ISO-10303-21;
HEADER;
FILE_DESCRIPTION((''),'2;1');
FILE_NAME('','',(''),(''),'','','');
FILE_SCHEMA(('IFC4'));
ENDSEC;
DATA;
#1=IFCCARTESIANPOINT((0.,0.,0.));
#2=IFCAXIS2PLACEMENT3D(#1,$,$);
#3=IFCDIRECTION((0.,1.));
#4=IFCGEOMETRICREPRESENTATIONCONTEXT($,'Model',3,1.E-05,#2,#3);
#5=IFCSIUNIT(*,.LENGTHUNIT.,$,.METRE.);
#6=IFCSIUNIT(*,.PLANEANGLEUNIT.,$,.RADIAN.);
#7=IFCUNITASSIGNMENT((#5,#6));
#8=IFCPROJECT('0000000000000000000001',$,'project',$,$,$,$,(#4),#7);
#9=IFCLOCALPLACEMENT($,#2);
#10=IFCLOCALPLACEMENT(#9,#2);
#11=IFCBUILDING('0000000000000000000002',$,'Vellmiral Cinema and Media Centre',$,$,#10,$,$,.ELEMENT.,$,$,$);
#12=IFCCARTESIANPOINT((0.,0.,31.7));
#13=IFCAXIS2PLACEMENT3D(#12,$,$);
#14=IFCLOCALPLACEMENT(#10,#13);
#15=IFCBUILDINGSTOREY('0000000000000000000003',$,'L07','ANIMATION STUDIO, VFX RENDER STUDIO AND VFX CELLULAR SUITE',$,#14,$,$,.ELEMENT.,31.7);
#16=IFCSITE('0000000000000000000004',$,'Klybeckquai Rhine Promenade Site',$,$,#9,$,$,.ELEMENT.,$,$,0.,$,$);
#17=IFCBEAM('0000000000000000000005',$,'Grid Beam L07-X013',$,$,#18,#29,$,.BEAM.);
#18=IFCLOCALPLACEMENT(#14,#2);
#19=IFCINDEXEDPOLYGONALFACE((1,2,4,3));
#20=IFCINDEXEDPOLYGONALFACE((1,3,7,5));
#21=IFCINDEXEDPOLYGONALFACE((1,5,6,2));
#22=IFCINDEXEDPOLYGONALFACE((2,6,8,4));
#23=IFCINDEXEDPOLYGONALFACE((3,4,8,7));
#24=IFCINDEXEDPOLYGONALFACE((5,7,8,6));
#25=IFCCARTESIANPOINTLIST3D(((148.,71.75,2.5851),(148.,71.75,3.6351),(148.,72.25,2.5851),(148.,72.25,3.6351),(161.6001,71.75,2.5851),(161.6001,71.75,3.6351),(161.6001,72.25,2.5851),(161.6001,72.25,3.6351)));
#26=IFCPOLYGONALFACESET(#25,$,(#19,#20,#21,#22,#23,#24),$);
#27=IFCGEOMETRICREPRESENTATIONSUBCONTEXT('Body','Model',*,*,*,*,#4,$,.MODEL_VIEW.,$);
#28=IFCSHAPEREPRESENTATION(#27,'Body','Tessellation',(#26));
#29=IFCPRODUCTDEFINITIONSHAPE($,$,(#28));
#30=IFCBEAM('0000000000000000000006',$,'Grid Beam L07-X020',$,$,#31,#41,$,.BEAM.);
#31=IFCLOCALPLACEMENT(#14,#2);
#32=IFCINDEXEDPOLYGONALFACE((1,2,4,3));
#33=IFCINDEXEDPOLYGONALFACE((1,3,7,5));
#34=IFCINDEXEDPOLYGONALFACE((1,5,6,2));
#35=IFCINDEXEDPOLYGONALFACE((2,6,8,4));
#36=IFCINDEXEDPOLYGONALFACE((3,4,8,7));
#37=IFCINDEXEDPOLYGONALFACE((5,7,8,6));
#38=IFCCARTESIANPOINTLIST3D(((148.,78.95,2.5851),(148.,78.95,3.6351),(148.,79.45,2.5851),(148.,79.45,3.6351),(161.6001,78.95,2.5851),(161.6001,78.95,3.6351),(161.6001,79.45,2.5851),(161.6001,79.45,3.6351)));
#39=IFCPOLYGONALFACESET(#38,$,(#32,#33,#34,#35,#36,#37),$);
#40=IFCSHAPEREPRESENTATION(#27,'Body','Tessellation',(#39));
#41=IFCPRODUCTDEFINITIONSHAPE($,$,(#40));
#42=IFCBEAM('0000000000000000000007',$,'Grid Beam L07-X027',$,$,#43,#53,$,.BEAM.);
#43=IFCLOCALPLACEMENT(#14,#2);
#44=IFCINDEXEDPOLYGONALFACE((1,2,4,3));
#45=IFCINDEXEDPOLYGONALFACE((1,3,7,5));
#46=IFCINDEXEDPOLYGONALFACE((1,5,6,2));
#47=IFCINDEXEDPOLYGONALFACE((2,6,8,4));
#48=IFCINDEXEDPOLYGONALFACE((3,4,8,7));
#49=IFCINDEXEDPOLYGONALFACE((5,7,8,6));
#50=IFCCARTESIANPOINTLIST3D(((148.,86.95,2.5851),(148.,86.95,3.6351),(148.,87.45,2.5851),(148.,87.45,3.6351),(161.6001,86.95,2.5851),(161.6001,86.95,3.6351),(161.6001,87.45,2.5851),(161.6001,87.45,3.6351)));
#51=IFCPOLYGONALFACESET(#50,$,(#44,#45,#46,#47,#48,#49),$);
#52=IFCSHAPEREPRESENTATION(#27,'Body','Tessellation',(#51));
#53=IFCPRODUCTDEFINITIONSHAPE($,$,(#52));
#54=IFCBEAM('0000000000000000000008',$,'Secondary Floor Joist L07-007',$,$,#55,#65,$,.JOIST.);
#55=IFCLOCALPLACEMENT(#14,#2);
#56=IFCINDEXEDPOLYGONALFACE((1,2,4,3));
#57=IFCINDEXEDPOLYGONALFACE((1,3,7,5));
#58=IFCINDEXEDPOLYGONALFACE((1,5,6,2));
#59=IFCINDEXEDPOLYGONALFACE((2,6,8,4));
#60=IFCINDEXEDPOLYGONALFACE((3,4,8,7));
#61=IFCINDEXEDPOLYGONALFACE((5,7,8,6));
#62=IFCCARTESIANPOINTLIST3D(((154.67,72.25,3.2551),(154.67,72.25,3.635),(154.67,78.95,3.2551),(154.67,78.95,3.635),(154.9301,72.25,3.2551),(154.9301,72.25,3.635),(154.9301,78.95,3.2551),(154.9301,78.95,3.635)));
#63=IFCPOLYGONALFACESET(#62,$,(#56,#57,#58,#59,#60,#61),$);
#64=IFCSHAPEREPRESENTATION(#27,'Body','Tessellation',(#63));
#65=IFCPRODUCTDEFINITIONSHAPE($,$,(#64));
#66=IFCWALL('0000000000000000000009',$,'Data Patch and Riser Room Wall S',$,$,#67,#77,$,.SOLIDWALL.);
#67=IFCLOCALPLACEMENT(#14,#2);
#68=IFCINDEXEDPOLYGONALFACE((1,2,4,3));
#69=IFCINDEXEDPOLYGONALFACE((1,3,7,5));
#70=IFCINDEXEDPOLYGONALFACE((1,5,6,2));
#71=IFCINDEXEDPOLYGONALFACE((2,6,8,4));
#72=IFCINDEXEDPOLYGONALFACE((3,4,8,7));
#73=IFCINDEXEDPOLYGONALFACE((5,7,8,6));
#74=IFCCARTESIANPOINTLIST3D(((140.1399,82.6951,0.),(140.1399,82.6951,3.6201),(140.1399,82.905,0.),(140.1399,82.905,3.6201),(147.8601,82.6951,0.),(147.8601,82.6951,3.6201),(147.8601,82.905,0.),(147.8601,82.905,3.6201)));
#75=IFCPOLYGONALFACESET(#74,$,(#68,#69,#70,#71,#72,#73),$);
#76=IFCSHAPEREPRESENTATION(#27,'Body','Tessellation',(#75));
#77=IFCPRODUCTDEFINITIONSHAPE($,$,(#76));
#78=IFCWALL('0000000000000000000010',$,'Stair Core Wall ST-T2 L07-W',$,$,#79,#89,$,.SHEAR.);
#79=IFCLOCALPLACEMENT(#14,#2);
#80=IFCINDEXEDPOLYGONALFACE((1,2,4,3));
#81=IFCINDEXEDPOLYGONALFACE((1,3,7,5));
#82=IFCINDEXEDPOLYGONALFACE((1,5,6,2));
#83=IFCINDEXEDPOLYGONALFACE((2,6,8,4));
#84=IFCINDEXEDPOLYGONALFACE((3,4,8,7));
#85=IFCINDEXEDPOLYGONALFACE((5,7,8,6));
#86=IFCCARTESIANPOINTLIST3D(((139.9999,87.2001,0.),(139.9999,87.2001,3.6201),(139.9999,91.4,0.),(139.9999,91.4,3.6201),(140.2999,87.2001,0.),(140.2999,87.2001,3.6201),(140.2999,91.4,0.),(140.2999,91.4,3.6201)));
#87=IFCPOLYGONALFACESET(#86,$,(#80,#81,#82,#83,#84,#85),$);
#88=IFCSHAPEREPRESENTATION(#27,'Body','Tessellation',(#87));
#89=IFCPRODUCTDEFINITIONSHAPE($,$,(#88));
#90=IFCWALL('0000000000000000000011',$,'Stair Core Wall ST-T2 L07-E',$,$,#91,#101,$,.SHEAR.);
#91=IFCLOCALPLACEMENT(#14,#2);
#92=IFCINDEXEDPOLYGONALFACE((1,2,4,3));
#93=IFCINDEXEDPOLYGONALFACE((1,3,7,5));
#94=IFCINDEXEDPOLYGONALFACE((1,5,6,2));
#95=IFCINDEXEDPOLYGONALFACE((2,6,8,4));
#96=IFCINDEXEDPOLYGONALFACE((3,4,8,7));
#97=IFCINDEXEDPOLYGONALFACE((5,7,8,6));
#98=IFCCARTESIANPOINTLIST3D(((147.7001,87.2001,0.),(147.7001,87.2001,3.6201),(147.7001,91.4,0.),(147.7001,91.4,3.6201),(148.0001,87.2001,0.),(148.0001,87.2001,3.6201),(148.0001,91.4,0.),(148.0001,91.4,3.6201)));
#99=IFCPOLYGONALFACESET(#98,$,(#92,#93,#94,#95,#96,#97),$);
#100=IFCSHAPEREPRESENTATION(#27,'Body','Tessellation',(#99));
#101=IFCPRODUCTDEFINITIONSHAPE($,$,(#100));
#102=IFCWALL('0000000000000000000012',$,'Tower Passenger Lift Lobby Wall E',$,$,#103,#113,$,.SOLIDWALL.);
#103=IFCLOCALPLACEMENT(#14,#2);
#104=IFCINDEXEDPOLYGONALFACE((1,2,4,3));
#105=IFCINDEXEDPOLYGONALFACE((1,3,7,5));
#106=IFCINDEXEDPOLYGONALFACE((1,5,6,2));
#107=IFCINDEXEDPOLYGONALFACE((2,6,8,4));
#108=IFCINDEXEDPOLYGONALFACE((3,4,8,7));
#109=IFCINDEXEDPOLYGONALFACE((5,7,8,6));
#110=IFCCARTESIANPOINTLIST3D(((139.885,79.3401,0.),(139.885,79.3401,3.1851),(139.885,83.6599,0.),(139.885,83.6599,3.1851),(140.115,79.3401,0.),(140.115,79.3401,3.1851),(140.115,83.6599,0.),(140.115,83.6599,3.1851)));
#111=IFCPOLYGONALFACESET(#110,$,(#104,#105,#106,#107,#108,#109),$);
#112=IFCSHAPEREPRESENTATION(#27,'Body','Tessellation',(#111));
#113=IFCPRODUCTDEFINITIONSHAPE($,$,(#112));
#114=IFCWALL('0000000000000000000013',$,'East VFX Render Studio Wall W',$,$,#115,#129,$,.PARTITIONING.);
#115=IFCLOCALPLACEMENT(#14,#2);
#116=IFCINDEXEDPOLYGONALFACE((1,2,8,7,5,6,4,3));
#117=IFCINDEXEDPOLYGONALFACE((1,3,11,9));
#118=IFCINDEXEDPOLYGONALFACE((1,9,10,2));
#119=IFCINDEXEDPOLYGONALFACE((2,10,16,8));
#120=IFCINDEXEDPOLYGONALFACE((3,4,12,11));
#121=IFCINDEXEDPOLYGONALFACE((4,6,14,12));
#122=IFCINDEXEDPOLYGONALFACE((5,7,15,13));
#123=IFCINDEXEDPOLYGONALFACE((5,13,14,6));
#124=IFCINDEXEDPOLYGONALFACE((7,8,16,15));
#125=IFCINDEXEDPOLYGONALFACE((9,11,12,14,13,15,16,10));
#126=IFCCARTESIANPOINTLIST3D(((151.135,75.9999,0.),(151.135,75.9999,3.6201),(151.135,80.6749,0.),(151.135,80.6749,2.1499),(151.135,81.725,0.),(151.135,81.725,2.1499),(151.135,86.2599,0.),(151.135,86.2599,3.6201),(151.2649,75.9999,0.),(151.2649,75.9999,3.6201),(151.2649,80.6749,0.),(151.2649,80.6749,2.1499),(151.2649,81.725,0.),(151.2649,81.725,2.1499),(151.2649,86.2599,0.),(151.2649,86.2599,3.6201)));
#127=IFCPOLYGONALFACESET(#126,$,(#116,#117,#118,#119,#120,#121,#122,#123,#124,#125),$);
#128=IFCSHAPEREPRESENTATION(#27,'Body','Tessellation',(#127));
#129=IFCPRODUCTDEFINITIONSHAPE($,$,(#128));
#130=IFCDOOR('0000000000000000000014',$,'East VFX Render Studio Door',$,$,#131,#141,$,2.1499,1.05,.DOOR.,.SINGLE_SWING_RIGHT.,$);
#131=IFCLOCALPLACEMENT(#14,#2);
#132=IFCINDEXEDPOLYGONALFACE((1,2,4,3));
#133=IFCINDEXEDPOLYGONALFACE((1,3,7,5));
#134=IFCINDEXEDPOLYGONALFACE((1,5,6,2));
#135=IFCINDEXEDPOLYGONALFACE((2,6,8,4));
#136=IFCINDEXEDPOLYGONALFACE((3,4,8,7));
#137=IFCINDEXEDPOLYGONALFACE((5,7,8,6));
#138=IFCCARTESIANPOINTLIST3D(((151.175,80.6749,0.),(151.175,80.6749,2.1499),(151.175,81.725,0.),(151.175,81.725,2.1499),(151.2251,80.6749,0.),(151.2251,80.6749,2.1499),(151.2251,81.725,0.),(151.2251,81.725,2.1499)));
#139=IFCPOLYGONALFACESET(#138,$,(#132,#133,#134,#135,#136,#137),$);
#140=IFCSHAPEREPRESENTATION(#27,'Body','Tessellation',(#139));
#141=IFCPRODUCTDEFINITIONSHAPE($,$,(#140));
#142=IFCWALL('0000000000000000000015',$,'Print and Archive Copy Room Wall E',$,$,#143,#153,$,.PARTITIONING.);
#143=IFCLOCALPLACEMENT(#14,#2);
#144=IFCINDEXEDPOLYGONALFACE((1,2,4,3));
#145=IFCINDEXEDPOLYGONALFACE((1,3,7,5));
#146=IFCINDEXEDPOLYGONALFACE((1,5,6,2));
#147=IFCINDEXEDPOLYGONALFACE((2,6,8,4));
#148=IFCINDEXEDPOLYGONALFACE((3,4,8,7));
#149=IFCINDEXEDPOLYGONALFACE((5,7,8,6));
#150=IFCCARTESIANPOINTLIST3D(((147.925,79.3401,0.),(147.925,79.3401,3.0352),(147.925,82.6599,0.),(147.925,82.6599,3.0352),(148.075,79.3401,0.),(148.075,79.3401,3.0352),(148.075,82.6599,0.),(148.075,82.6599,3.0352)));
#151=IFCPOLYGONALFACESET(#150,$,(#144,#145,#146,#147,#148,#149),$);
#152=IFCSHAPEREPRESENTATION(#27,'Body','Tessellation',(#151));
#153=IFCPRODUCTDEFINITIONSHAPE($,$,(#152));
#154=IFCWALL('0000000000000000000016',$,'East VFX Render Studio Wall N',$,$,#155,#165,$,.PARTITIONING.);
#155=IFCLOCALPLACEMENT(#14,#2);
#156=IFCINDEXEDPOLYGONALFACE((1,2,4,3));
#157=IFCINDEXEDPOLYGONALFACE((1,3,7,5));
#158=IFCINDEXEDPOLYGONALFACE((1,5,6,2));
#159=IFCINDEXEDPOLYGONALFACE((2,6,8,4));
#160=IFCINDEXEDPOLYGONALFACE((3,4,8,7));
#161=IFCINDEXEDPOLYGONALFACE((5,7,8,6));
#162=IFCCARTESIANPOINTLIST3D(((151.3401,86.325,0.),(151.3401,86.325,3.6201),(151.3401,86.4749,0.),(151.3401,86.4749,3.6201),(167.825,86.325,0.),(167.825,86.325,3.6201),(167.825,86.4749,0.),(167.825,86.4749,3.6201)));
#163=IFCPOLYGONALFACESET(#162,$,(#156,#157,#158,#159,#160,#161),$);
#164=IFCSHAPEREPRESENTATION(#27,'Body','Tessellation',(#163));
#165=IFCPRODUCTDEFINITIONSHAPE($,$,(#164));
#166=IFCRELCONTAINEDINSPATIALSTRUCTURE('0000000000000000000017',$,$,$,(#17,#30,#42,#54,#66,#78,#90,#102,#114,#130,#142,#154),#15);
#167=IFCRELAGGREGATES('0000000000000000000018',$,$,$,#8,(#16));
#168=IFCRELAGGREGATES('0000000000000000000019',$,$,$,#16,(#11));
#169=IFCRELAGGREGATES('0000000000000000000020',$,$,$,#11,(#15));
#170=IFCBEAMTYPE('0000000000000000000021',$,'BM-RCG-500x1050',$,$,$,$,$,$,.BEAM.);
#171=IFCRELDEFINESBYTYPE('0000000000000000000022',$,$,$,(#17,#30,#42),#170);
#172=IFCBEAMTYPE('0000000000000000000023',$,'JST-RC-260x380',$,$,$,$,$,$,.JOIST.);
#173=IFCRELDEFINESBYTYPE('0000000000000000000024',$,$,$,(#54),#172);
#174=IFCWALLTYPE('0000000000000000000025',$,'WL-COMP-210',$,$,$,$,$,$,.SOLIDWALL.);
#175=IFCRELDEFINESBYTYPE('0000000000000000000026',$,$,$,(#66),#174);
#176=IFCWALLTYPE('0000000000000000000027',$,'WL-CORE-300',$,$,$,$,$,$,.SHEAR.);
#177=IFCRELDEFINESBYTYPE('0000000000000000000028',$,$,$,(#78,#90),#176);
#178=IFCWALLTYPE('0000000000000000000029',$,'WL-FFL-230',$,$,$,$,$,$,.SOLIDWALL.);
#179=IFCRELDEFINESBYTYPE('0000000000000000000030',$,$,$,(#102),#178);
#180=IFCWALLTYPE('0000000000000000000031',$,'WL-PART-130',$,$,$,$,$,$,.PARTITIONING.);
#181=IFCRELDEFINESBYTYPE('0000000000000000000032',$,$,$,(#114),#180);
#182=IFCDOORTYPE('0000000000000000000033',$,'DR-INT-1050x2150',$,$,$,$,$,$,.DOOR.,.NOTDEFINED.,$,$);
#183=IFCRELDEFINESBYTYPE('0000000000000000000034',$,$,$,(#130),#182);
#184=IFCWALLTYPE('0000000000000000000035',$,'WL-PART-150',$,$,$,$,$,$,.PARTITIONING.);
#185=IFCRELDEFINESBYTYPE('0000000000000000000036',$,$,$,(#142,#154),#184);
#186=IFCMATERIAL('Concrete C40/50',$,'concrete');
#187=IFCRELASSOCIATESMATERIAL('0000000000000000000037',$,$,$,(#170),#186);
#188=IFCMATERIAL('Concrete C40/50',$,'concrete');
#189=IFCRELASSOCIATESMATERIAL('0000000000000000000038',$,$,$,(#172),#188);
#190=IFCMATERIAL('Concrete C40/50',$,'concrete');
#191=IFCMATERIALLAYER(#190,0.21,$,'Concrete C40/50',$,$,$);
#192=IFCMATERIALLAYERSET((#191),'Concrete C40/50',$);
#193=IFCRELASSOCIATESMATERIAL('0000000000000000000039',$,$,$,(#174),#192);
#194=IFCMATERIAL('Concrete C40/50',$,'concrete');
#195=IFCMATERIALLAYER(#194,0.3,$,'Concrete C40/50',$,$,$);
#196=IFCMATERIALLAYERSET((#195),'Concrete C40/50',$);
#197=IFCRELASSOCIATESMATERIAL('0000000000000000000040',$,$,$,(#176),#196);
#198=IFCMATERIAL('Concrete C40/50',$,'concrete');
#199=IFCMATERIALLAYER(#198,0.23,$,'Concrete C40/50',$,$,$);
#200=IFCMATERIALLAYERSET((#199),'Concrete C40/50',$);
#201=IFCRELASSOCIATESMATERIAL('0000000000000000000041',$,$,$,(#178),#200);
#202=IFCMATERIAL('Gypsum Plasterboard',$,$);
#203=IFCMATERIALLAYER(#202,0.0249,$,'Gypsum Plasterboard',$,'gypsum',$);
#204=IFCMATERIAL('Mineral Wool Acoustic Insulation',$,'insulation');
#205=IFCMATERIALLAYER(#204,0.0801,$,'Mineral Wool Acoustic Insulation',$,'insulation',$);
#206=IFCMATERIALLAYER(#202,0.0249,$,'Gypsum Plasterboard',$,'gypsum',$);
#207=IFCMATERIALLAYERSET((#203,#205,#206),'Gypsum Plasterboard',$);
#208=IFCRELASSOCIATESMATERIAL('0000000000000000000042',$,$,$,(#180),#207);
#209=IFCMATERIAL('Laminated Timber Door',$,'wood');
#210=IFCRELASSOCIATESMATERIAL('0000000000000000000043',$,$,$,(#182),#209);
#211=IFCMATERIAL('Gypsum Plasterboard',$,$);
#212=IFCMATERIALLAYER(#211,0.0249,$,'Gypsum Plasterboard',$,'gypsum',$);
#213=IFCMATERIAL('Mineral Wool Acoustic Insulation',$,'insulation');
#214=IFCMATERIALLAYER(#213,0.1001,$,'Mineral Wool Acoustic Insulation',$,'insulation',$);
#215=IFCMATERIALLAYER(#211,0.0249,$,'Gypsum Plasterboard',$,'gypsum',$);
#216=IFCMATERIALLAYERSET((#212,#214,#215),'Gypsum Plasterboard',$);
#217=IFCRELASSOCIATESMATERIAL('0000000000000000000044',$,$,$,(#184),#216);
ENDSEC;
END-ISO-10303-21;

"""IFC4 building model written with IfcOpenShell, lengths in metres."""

from ifc_helpers import new_model, si_unit, direction, frame, frame_2d, origin, origin_2d, place, context, subcontext, project, spatial, rectangle, extrude, material, layer, layer_set, material_profile, profile_set, type_object, element, fill, save


model = new_model("IFC4")

# Units and contexts
model_context = context("Model", 3, precision=1e-05, world=origin(), true_north=direction((0.0, 1.0)))
body_context = subcontext(model_context, "Body", "Model", "MODEL_VIEW")
ifc_project = project(units=[si_unit("LENGTHUNIT", "METRE"), si_unit("PLANEANGLEUNIT", "RADIAN")], contexts=[model_context])

# Site, building, storey
site_placement = place(None, origin())
site = spatial("IfcSite", under=ifc_project, at=site_placement, Name="Klybeckquai Rhine Promenade Site", CompositionType="ELEMENT", RefElevation=0.0)
building_placement = place(site_placement, origin())
building = spatial("IfcBuilding", under=site, at=building_placement, Name="Vellmiral Cinema and Media Centre", CompositionType="ELEMENT")
storey_placement = place(building_placement, frame((0.0, 0.0, 31.7)))
storey = spatial("IfcBuildingStorey", under=building, at=storey_placement, Name="L07", Description="ANIMATION STUDIO, VFX RENDER STUDIO AND VFX CELLULAR SUITE", CompositionType="ELEMENT", Elevation=31.7)

# Beams
ifc_material_1 = material(Name="Concrete C40/50", Category="concrete")
ifc_material_profile_1 = material_profile(ifc_material_1, rectangle(XDim=0.5, YDim=1.05, at=origin_2d()), Name="RC 500x1050")
ifc_profile_set_1 = profile_set([ifc_material_profile_1], Name="Concrete C40/50")
beam_type_1 = type_object("IfcBeamType", Name="BM-RCG-500x1050", PredefinedType="BEAM", material=ifc_profile_set_1)
for number, where, z_axis, x_axis, name in (
    (1, (148.0, 72.0, 3.1101), (1.0, 0.0, 0.0), (0.0, 1.0, 0.0), "Grid Beam L07-X013"),
    (2, (148.0, 79.2, 3.1101), (1.0, 0.0, 0.0), (0.0, 1.0, 0.0), "Grid Beam L07-X020"),
    (3, (148.0, 87.2, 3.1101), (1.0, 0.0, 0.0), (0.0, 1.0, 0.0), "Grid Beam L07-X027"),
):
    element("IfcBeam", number, at=place(storey_placement, frame(where, z_axis=z_axis, x_axis=x_axis)), inside=storey, type_object=beam_type_1, Name=name, PredefinedType="BEAM", context=body_context, shape_type="SweptSolid", body=[
        extrude(rectangle(XDim=0.5, YDim=1.05, at=origin_2d()), origin(), (0.0, 0.0, 1.0), 13.6001),
    ])
ifc_material_2 = material(Name="Concrete C40/50", Category="concrete")
ifc_material_profile_2 = material_profile(ifc_material_2, rectangle(XDim=0.26, YDim=0.3799, at=origin_2d()), Name="RC 260x380")
ifc_profile_set_2 = profile_set([ifc_material_profile_2], Name="Concrete C40/50")
beam_type_2 = type_object("IfcBeamType", Name="JST-RC-260x380", PredefinedType="JOIST", material=ifc_profile_set_2)
beam_1_placement = place(storey_placement, frame((154.8, 72.25, 3.4451), z_axis=(0.0, 1.0, 0.0), x_axis=(-1.0, 0.0, 0.0)))
element("IfcBeam", 4, at=beam_1_placement, inside=storey, type_object=beam_type_2, Name="Secondary Floor Joist L07-007", PredefinedType="JOIST", context=body_context, shape_type="SweptSolid", body=[
    extrude(rectangle(XDim=0.26, YDim=0.3799, at=origin_2d()), origin(), (0.0, 0.0, 1.0), 6.7),
])

# Wall
ifc_material_3 = material(Name="Concrete C40/50", Category="concrete")
ifc_layer_1 = layer(ifc_material_3, 0.21, Name="Concrete C40/50")
ifc_layer_set_1 = layer_set([ifc_layer_1], Name="Concrete C40/50")
wall_type_1 = type_object("IfcWallType", Name="WL-COMP-210", PredefinedType="SOLIDWALL", material=ifc_layer_set_1)
wall_1_placement = place(storey_placement, frame((140.1399, 82.8, 0.0), z_axis=(0.0, 0.0, 1.0), x_axis=(1.0, 0.0, 0.0)))
element("IfcWall", 5, at=wall_1_placement, inside=storey, type_object=wall_type_1, Name="Data Patch and Riser Room Wall S", PredefinedType="SOLIDWALL", context=body_context, shape_type="SweptSolid", body=[
    extrude(rectangle(XDim=7.7202, YDim=0.21, at=frame_2d((3.8601, 0.0))), origin(), (0.0, 0.0, 1.0), 3.6201),
])

# Walls
ifc_material_4 = material(Name="Concrete C40/50", Category="concrete")
ifc_layer_2 = layer(ifc_material_4, 0.3, Name="Concrete C40/50")
ifc_layer_set_2 = layer_set([ifc_layer_2], Name="Concrete C40/50")
wall_type_2 = type_object("IfcWallType", Name="WL-CORE-300", PredefinedType="SHEAR", material=ifc_layer_set_2)
for number, where, z_axis, x_axis, name in (
    (6, (140.1499, 87.2, 0.0), (0.0, 0.0, 1.0), (0.0, 1.0, 0.0), "Stair Core Wall ST-T2 L07-W"),
    (7, (147.8501, 87.2, 0.0), (0.0, 0.0, 1.0), (0.0, 1.0, 0.0), "Stair Core Wall ST-T2 L07-E"),
):
    element("IfcWall", number, at=place(storey_placement, frame(where, z_axis=z_axis, x_axis=x_axis)), inside=storey, type_object=wall_type_2, Name=name, PredefinedType="SHEAR", context=body_context, shape_type="SweptSolid", body=[
        extrude(rectangle(XDim=4.2, YDim=0.3, at=frame_2d((2.1001, 0.0))), origin(), (0.0, 0.0, 1.0), 3.6201),
    ])
ifc_material_5 = material(Name="Concrete C40/50", Category="concrete")
ifc_layer_3 = layer(ifc_material_5, 0.23, Name="Concrete C40/50")
ifc_layer_set_3 = layer_set([ifc_layer_3], Name="Concrete C40/50")
wall_type_3 = type_object("IfcWallType", Name="WL-FFL-230", PredefinedType="SOLIDWALL", material=ifc_layer_set_3)
wall_2_placement = place(storey_placement, frame((140.0, 79.3401, 0.0), z_axis=(0.0, 0.0, 1.0), x_axis=(0.0, 1.0, 0.0)))
element("IfcWall", 8, at=wall_2_placement, inside=storey, type_object=wall_type_3, Name="Tower Passenger Lift Lobby Wall E", PredefinedType="SOLIDWALL", context=body_context, shape_type="SweptSolid", body=[
    extrude(rectangle(XDim=4.3198, YDim=0.23, at=frame_2d((2.1599, 0.0))), origin(), (0.0, 0.0, 1.0), 3.1851),
])

# Wall, opening, door
ifc_material_6 = material(Name="Gypsum Plasterboard")
ifc_layer_4 = layer(ifc_material_6, 0.0249, Name="Gypsum Plasterboard", Category="gypsum")
ifc_material_7 = material(Name="Mineral Wool Acoustic Insulation", Category="insulation")
ifc_layer_5 = layer(ifc_material_7, 0.0801, Name="Mineral Wool Acoustic Insulation", Category="insulation")
ifc_layer_6 = layer(ifc_material_6, 0.0249, Name="Gypsum Plasterboard", Category="gypsum")
ifc_layer_set_4 = layer_set([ifc_layer_4, ifc_layer_5, ifc_layer_6], Name="Gypsum Plasterboard")
wall_type_4 = type_object("IfcWallType", Name="WL-PART-130", PredefinedType="PARTITIONING", material=ifc_layer_set_4)
wall_3_placement = place(storey_placement, frame((151.2, 76.0, 0.0), z_axis=(0.0, 0.0, 1.0), x_axis=(0.0, 1.0, 0.0)))
wall_3 = element("IfcWall", 9, at=wall_3_placement, inside=storey, type_object=wall_type_4, Name="East VFX Render Studio Wall W", PredefinedType="PARTITIONING", context=body_context, shape_type="SweptSolid", body=[
    extrude(rectangle(XDim=10.26, YDim=0.1299, at=frame_2d((5.1299, 0.0))), origin(), (0.0, 0.0, 1.0), 3.6201),
])
opening_1_placement = place(wall_3_placement, frame((4.675, 0.0, 0.0)))
opening_1 = element("IfcOpeningElement", 10, at=opening_1_placement, cuts=wall_3, PredefinedType="OPENING", context=body_context, shape_type="SweptSolid", body=[
    extrude(rectangle(XDim=1.05, YDim=2.1499, at=frame_2d((0.5249, 1.075))), frame((0.0, 0.0769, 0.0), z_axis=(0.0, -1.0, 0.0), x_axis=(1.0, 0.0, 0.0)), (0.0, 0.0, 1.0), 0.1538),
])
ifc_material_8 = material(Name="Laminated Timber Door", Category="wood")
door_type_1 = type_object("IfcDoorType", Name="DR-INT-1050x2150", OperationType="NOTDEFINED", PredefinedType="DOOR", material=ifc_material_8)
door_1_placement = place(opening_1_placement, origin())
door_1 = element("IfcDoor", 11, at=door_1_placement, inside=storey, type_object=door_type_1, Name="East VFX Render Studio Door", OperationType="SINGLE_SWING_RIGHT", OverallHeight=2.1499, OverallWidth=1.05, PredefinedType="DOOR", context=body_context, shape_type="SweptSolid", body=[
    extrude(rectangle(XDim=1.05, YDim=2.1499, at=frame_2d((0.5249, 1.075))), frame((0.0, 0.0249, 0.0), z_axis=(0.0, -1.0, 0.0), x_axis=(1.0, 0.0, 0.0)), (0.0, 0.0, 1.0), 0.05),
])
fill(opening_1, door_1)

# Walls
ifc_material_9 = material(Name="Gypsum Plasterboard")
ifc_layer_7 = layer(ifc_material_9, 0.0249, Name="Gypsum Plasterboard", Category="gypsum")
ifc_material_10 = material(Name="Mineral Wool Acoustic Insulation", Category="insulation")
ifc_layer_8 = layer(ifc_material_10, 0.1001, Name="Mineral Wool Acoustic Insulation", Category="insulation")
ifc_layer_9 = layer(ifc_material_9, 0.0249, Name="Gypsum Plasterboard", Category="gypsum")
ifc_layer_set_5 = layer_set([ifc_layer_7, ifc_layer_8, ifc_layer_9], Name="Gypsum Plasterboard")
wall_type_5 = type_object("IfcWallType", Name="WL-PART-150", PredefinedType="PARTITIONING", material=ifc_layer_set_5)
wall_4_placement = place(storey_placement, frame((148.0, 79.3401, 0.0), z_axis=(0.0, 0.0, 1.0), x_axis=(0.0, 1.0, 0.0)))
element("IfcWall", 12, at=wall_4_placement, inside=storey, type_object=wall_type_5, Name="Print and Archive Copy Room Wall E", PredefinedType="PARTITIONING", context=body_context, shape_type="SweptSolid", body=[
    extrude(rectangle(XDim=3.3198, YDim=0.1499, at=frame_2d((1.6599, 0.0))), origin(), (0.0, 0.0, 1.0), 3.0352),
])
wall_5_placement = place(storey_placement, frame((151.3401, 86.3999, 0.0), z_axis=(0.0, 0.0, 1.0), x_axis=(1.0, 0.0, 0.0)))
element("IfcWall", 13, at=wall_5_placement, inside=storey, type_object=wall_type_5, Name="East VFX Render Studio Wall N", PredefinedType="PARTITIONING", context=body_context, shape_type="SweptSolid", body=[
    extrude(rectangle(XDim=16.4849, YDim=0.1499, at=frame_2d((8.2424, 0.0))), origin(), (0.0, 0.0, 1.0), 3.6201),
])

save(model, "model.ifc")
